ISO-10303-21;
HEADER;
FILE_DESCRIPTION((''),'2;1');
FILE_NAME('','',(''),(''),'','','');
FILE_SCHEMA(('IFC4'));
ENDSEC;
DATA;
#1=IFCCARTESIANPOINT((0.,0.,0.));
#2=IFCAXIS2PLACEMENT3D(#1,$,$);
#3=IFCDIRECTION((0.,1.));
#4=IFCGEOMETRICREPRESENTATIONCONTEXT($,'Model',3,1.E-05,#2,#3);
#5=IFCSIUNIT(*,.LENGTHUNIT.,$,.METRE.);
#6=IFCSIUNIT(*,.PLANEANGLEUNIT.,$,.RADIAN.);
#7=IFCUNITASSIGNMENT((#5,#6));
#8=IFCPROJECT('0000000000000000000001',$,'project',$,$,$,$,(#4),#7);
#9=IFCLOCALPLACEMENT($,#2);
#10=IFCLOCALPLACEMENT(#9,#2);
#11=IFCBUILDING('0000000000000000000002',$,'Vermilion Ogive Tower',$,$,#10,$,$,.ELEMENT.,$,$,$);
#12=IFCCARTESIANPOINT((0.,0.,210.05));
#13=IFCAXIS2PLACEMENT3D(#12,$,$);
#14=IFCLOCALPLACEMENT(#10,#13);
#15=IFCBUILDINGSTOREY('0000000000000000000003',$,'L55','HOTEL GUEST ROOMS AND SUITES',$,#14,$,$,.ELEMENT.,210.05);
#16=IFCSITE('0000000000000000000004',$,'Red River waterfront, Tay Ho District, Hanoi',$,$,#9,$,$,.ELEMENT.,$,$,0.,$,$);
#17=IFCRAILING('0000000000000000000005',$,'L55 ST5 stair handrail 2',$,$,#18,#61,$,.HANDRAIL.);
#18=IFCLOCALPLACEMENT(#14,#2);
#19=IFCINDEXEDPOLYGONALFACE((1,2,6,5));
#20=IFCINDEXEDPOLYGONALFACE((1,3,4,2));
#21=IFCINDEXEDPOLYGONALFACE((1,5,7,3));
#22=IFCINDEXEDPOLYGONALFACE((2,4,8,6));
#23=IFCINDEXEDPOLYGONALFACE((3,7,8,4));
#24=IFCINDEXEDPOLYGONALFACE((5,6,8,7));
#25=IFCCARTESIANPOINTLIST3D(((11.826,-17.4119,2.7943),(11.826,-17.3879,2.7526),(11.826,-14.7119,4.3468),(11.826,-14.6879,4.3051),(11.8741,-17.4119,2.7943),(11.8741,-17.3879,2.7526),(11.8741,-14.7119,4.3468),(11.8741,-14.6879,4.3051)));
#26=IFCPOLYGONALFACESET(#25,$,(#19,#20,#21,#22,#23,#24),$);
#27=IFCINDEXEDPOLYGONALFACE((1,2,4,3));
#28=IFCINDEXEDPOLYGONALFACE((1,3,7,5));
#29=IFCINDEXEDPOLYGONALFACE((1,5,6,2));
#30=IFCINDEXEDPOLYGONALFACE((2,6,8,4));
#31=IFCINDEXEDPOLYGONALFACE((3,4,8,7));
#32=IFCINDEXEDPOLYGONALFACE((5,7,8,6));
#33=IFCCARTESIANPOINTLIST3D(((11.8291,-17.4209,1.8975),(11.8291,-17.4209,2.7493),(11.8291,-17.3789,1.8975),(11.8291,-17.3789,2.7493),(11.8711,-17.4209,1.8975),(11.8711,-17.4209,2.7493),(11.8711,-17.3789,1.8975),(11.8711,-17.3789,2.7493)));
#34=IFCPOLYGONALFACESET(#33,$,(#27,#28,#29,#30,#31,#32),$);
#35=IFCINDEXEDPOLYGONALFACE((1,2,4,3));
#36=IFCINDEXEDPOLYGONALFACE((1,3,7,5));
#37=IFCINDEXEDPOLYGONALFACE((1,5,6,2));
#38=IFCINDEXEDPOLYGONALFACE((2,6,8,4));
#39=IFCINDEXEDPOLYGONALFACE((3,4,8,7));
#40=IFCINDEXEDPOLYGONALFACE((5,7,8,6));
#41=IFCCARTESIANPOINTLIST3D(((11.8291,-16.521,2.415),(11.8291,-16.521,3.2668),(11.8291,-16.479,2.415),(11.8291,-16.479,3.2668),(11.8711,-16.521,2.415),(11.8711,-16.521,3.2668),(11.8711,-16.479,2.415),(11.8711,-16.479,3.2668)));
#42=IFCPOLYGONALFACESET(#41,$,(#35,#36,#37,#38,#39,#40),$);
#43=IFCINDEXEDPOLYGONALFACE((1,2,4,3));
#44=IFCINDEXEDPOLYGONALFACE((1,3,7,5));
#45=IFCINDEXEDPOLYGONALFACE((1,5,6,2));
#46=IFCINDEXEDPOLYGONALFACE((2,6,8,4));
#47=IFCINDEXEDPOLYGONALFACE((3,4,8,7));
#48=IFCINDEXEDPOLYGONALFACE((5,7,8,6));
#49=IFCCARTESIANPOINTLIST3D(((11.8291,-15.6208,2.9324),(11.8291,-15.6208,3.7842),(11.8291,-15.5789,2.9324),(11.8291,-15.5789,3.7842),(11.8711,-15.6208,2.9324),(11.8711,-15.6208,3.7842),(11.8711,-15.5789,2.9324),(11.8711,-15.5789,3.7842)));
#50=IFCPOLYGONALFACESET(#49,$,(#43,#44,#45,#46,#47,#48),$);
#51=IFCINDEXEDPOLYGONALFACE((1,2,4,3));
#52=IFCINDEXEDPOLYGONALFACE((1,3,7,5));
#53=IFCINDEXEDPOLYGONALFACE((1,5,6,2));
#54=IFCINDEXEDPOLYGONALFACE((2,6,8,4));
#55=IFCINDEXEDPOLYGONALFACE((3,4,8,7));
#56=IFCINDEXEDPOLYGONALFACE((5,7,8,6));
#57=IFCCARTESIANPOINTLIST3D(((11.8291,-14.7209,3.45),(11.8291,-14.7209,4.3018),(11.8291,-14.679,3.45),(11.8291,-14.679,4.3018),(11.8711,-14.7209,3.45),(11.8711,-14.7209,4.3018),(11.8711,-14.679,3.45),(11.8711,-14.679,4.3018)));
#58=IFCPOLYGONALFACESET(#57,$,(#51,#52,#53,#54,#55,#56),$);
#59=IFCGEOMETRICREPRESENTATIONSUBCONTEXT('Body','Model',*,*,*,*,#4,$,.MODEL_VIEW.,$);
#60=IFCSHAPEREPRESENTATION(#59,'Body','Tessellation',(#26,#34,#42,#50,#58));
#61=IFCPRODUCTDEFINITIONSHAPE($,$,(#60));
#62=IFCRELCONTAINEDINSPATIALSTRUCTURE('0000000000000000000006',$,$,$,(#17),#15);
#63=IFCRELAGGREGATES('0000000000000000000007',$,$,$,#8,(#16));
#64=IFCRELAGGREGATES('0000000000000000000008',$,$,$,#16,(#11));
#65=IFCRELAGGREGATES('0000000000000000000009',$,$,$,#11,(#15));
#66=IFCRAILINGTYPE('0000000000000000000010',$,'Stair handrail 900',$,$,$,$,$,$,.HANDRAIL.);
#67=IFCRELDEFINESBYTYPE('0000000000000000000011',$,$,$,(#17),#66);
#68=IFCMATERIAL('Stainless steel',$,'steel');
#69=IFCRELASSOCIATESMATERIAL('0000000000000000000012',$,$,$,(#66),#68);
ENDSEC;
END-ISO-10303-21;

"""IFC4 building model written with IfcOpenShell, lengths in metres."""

from ifc_helpers import new_model, si_unit, direction, frame, origin, origin_2d, place, context, subcontext, project, spatial, rectangle, extrude, material, type_object, element, save


model = new_model("IFC4")

# Units and contexts
model_context = context("Model", 3, precision=1e-05, world=origin(), true_north=direction((0.0, 1.0)))
body_context = subcontext(model_context, "Body", "Model", "MODEL_VIEW")
ifc_project = project(units=[si_unit("LENGTHUNIT", "METRE"), si_unit("PLANEANGLEUNIT", "RADIAN")], contexts=[model_context])

# Site, building, storey
site_placement = place(None, origin())
site = spatial("IfcSite", under=ifc_project, at=site_placement, Name="Red River waterfront, Tay Ho District, Hanoi", CompositionType="ELEMENT", RefElevation=0.0)
building_placement = place(site_placement, origin())
building = spatial("IfcBuilding", under=site, at=building_placement, Name="Vermilion Ogive Tower", CompositionType="ELEMENT")
storey_placement = place(building_placement, frame((0.0, 0.0, 210.05)))
storey = spatial("IfcBuildingStorey", under=building, at=storey_placement, Name="L55", Description="HOTEL GUEST ROOMS AND SUITES", CompositionType="ELEMENT", Elevation=210.05)

# Railing
ifc_material_1 = material(Name="Stainless steel", Category="steel")
railing_type_1 = type_object("IfcRailingType", Name="Stair handrail 900", PredefinedType="HANDRAIL", material=ifc_material_1)
railing_1_placement = place(storey_placement, frame((11.8501, -17.3999, 1.8975)))
element("IfcRailing", 1, at=railing_1_placement, inside=storey, type_object=railing_type_1, Name="L55 ST5 stair handrail 2", PredefinedType="HANDRAIL", context=body_context, shape_type="SweptSolid", body=[
    extrude(rectangle(XDim=0.0481, YDim=0.0481, at=origin_2d()), frame((0.0, 0.0, 0.876), z_axis=(0.0, 0.866904, 0.498476), x_axis=(-1.0, 0.0, 0.0)), (0.0, 0.0, 1.0), 3.1145),
    extrude(rectangle(XDim=0.042, YDim=0.042, at=origin_2d()), origin(), (0.0, 0.0, 1.0), 0.8518),
    extrude(rectangle(XDim=0.042, YDim=0.042, at=origin_2d()), frame((0.0, 0.8999, 0.5176)), (0.0, 0.0, 1.0), 0.8518),
    extrude(rectangle(XDim=0.042, YDim=0.042, at=origin_2d()), frame((0.0, 1.8, 1.0349)), (0.0, 0.0, 1.0), 0.8518),
    extrude(rectangle(XDim=0.042, YDim=0.042, at=origin_2d()), frame((0.0, 2.7, 1.5525)), (0.0, 0.0, 1.0), 0.8518),
])

save(model, "model.ifc")
